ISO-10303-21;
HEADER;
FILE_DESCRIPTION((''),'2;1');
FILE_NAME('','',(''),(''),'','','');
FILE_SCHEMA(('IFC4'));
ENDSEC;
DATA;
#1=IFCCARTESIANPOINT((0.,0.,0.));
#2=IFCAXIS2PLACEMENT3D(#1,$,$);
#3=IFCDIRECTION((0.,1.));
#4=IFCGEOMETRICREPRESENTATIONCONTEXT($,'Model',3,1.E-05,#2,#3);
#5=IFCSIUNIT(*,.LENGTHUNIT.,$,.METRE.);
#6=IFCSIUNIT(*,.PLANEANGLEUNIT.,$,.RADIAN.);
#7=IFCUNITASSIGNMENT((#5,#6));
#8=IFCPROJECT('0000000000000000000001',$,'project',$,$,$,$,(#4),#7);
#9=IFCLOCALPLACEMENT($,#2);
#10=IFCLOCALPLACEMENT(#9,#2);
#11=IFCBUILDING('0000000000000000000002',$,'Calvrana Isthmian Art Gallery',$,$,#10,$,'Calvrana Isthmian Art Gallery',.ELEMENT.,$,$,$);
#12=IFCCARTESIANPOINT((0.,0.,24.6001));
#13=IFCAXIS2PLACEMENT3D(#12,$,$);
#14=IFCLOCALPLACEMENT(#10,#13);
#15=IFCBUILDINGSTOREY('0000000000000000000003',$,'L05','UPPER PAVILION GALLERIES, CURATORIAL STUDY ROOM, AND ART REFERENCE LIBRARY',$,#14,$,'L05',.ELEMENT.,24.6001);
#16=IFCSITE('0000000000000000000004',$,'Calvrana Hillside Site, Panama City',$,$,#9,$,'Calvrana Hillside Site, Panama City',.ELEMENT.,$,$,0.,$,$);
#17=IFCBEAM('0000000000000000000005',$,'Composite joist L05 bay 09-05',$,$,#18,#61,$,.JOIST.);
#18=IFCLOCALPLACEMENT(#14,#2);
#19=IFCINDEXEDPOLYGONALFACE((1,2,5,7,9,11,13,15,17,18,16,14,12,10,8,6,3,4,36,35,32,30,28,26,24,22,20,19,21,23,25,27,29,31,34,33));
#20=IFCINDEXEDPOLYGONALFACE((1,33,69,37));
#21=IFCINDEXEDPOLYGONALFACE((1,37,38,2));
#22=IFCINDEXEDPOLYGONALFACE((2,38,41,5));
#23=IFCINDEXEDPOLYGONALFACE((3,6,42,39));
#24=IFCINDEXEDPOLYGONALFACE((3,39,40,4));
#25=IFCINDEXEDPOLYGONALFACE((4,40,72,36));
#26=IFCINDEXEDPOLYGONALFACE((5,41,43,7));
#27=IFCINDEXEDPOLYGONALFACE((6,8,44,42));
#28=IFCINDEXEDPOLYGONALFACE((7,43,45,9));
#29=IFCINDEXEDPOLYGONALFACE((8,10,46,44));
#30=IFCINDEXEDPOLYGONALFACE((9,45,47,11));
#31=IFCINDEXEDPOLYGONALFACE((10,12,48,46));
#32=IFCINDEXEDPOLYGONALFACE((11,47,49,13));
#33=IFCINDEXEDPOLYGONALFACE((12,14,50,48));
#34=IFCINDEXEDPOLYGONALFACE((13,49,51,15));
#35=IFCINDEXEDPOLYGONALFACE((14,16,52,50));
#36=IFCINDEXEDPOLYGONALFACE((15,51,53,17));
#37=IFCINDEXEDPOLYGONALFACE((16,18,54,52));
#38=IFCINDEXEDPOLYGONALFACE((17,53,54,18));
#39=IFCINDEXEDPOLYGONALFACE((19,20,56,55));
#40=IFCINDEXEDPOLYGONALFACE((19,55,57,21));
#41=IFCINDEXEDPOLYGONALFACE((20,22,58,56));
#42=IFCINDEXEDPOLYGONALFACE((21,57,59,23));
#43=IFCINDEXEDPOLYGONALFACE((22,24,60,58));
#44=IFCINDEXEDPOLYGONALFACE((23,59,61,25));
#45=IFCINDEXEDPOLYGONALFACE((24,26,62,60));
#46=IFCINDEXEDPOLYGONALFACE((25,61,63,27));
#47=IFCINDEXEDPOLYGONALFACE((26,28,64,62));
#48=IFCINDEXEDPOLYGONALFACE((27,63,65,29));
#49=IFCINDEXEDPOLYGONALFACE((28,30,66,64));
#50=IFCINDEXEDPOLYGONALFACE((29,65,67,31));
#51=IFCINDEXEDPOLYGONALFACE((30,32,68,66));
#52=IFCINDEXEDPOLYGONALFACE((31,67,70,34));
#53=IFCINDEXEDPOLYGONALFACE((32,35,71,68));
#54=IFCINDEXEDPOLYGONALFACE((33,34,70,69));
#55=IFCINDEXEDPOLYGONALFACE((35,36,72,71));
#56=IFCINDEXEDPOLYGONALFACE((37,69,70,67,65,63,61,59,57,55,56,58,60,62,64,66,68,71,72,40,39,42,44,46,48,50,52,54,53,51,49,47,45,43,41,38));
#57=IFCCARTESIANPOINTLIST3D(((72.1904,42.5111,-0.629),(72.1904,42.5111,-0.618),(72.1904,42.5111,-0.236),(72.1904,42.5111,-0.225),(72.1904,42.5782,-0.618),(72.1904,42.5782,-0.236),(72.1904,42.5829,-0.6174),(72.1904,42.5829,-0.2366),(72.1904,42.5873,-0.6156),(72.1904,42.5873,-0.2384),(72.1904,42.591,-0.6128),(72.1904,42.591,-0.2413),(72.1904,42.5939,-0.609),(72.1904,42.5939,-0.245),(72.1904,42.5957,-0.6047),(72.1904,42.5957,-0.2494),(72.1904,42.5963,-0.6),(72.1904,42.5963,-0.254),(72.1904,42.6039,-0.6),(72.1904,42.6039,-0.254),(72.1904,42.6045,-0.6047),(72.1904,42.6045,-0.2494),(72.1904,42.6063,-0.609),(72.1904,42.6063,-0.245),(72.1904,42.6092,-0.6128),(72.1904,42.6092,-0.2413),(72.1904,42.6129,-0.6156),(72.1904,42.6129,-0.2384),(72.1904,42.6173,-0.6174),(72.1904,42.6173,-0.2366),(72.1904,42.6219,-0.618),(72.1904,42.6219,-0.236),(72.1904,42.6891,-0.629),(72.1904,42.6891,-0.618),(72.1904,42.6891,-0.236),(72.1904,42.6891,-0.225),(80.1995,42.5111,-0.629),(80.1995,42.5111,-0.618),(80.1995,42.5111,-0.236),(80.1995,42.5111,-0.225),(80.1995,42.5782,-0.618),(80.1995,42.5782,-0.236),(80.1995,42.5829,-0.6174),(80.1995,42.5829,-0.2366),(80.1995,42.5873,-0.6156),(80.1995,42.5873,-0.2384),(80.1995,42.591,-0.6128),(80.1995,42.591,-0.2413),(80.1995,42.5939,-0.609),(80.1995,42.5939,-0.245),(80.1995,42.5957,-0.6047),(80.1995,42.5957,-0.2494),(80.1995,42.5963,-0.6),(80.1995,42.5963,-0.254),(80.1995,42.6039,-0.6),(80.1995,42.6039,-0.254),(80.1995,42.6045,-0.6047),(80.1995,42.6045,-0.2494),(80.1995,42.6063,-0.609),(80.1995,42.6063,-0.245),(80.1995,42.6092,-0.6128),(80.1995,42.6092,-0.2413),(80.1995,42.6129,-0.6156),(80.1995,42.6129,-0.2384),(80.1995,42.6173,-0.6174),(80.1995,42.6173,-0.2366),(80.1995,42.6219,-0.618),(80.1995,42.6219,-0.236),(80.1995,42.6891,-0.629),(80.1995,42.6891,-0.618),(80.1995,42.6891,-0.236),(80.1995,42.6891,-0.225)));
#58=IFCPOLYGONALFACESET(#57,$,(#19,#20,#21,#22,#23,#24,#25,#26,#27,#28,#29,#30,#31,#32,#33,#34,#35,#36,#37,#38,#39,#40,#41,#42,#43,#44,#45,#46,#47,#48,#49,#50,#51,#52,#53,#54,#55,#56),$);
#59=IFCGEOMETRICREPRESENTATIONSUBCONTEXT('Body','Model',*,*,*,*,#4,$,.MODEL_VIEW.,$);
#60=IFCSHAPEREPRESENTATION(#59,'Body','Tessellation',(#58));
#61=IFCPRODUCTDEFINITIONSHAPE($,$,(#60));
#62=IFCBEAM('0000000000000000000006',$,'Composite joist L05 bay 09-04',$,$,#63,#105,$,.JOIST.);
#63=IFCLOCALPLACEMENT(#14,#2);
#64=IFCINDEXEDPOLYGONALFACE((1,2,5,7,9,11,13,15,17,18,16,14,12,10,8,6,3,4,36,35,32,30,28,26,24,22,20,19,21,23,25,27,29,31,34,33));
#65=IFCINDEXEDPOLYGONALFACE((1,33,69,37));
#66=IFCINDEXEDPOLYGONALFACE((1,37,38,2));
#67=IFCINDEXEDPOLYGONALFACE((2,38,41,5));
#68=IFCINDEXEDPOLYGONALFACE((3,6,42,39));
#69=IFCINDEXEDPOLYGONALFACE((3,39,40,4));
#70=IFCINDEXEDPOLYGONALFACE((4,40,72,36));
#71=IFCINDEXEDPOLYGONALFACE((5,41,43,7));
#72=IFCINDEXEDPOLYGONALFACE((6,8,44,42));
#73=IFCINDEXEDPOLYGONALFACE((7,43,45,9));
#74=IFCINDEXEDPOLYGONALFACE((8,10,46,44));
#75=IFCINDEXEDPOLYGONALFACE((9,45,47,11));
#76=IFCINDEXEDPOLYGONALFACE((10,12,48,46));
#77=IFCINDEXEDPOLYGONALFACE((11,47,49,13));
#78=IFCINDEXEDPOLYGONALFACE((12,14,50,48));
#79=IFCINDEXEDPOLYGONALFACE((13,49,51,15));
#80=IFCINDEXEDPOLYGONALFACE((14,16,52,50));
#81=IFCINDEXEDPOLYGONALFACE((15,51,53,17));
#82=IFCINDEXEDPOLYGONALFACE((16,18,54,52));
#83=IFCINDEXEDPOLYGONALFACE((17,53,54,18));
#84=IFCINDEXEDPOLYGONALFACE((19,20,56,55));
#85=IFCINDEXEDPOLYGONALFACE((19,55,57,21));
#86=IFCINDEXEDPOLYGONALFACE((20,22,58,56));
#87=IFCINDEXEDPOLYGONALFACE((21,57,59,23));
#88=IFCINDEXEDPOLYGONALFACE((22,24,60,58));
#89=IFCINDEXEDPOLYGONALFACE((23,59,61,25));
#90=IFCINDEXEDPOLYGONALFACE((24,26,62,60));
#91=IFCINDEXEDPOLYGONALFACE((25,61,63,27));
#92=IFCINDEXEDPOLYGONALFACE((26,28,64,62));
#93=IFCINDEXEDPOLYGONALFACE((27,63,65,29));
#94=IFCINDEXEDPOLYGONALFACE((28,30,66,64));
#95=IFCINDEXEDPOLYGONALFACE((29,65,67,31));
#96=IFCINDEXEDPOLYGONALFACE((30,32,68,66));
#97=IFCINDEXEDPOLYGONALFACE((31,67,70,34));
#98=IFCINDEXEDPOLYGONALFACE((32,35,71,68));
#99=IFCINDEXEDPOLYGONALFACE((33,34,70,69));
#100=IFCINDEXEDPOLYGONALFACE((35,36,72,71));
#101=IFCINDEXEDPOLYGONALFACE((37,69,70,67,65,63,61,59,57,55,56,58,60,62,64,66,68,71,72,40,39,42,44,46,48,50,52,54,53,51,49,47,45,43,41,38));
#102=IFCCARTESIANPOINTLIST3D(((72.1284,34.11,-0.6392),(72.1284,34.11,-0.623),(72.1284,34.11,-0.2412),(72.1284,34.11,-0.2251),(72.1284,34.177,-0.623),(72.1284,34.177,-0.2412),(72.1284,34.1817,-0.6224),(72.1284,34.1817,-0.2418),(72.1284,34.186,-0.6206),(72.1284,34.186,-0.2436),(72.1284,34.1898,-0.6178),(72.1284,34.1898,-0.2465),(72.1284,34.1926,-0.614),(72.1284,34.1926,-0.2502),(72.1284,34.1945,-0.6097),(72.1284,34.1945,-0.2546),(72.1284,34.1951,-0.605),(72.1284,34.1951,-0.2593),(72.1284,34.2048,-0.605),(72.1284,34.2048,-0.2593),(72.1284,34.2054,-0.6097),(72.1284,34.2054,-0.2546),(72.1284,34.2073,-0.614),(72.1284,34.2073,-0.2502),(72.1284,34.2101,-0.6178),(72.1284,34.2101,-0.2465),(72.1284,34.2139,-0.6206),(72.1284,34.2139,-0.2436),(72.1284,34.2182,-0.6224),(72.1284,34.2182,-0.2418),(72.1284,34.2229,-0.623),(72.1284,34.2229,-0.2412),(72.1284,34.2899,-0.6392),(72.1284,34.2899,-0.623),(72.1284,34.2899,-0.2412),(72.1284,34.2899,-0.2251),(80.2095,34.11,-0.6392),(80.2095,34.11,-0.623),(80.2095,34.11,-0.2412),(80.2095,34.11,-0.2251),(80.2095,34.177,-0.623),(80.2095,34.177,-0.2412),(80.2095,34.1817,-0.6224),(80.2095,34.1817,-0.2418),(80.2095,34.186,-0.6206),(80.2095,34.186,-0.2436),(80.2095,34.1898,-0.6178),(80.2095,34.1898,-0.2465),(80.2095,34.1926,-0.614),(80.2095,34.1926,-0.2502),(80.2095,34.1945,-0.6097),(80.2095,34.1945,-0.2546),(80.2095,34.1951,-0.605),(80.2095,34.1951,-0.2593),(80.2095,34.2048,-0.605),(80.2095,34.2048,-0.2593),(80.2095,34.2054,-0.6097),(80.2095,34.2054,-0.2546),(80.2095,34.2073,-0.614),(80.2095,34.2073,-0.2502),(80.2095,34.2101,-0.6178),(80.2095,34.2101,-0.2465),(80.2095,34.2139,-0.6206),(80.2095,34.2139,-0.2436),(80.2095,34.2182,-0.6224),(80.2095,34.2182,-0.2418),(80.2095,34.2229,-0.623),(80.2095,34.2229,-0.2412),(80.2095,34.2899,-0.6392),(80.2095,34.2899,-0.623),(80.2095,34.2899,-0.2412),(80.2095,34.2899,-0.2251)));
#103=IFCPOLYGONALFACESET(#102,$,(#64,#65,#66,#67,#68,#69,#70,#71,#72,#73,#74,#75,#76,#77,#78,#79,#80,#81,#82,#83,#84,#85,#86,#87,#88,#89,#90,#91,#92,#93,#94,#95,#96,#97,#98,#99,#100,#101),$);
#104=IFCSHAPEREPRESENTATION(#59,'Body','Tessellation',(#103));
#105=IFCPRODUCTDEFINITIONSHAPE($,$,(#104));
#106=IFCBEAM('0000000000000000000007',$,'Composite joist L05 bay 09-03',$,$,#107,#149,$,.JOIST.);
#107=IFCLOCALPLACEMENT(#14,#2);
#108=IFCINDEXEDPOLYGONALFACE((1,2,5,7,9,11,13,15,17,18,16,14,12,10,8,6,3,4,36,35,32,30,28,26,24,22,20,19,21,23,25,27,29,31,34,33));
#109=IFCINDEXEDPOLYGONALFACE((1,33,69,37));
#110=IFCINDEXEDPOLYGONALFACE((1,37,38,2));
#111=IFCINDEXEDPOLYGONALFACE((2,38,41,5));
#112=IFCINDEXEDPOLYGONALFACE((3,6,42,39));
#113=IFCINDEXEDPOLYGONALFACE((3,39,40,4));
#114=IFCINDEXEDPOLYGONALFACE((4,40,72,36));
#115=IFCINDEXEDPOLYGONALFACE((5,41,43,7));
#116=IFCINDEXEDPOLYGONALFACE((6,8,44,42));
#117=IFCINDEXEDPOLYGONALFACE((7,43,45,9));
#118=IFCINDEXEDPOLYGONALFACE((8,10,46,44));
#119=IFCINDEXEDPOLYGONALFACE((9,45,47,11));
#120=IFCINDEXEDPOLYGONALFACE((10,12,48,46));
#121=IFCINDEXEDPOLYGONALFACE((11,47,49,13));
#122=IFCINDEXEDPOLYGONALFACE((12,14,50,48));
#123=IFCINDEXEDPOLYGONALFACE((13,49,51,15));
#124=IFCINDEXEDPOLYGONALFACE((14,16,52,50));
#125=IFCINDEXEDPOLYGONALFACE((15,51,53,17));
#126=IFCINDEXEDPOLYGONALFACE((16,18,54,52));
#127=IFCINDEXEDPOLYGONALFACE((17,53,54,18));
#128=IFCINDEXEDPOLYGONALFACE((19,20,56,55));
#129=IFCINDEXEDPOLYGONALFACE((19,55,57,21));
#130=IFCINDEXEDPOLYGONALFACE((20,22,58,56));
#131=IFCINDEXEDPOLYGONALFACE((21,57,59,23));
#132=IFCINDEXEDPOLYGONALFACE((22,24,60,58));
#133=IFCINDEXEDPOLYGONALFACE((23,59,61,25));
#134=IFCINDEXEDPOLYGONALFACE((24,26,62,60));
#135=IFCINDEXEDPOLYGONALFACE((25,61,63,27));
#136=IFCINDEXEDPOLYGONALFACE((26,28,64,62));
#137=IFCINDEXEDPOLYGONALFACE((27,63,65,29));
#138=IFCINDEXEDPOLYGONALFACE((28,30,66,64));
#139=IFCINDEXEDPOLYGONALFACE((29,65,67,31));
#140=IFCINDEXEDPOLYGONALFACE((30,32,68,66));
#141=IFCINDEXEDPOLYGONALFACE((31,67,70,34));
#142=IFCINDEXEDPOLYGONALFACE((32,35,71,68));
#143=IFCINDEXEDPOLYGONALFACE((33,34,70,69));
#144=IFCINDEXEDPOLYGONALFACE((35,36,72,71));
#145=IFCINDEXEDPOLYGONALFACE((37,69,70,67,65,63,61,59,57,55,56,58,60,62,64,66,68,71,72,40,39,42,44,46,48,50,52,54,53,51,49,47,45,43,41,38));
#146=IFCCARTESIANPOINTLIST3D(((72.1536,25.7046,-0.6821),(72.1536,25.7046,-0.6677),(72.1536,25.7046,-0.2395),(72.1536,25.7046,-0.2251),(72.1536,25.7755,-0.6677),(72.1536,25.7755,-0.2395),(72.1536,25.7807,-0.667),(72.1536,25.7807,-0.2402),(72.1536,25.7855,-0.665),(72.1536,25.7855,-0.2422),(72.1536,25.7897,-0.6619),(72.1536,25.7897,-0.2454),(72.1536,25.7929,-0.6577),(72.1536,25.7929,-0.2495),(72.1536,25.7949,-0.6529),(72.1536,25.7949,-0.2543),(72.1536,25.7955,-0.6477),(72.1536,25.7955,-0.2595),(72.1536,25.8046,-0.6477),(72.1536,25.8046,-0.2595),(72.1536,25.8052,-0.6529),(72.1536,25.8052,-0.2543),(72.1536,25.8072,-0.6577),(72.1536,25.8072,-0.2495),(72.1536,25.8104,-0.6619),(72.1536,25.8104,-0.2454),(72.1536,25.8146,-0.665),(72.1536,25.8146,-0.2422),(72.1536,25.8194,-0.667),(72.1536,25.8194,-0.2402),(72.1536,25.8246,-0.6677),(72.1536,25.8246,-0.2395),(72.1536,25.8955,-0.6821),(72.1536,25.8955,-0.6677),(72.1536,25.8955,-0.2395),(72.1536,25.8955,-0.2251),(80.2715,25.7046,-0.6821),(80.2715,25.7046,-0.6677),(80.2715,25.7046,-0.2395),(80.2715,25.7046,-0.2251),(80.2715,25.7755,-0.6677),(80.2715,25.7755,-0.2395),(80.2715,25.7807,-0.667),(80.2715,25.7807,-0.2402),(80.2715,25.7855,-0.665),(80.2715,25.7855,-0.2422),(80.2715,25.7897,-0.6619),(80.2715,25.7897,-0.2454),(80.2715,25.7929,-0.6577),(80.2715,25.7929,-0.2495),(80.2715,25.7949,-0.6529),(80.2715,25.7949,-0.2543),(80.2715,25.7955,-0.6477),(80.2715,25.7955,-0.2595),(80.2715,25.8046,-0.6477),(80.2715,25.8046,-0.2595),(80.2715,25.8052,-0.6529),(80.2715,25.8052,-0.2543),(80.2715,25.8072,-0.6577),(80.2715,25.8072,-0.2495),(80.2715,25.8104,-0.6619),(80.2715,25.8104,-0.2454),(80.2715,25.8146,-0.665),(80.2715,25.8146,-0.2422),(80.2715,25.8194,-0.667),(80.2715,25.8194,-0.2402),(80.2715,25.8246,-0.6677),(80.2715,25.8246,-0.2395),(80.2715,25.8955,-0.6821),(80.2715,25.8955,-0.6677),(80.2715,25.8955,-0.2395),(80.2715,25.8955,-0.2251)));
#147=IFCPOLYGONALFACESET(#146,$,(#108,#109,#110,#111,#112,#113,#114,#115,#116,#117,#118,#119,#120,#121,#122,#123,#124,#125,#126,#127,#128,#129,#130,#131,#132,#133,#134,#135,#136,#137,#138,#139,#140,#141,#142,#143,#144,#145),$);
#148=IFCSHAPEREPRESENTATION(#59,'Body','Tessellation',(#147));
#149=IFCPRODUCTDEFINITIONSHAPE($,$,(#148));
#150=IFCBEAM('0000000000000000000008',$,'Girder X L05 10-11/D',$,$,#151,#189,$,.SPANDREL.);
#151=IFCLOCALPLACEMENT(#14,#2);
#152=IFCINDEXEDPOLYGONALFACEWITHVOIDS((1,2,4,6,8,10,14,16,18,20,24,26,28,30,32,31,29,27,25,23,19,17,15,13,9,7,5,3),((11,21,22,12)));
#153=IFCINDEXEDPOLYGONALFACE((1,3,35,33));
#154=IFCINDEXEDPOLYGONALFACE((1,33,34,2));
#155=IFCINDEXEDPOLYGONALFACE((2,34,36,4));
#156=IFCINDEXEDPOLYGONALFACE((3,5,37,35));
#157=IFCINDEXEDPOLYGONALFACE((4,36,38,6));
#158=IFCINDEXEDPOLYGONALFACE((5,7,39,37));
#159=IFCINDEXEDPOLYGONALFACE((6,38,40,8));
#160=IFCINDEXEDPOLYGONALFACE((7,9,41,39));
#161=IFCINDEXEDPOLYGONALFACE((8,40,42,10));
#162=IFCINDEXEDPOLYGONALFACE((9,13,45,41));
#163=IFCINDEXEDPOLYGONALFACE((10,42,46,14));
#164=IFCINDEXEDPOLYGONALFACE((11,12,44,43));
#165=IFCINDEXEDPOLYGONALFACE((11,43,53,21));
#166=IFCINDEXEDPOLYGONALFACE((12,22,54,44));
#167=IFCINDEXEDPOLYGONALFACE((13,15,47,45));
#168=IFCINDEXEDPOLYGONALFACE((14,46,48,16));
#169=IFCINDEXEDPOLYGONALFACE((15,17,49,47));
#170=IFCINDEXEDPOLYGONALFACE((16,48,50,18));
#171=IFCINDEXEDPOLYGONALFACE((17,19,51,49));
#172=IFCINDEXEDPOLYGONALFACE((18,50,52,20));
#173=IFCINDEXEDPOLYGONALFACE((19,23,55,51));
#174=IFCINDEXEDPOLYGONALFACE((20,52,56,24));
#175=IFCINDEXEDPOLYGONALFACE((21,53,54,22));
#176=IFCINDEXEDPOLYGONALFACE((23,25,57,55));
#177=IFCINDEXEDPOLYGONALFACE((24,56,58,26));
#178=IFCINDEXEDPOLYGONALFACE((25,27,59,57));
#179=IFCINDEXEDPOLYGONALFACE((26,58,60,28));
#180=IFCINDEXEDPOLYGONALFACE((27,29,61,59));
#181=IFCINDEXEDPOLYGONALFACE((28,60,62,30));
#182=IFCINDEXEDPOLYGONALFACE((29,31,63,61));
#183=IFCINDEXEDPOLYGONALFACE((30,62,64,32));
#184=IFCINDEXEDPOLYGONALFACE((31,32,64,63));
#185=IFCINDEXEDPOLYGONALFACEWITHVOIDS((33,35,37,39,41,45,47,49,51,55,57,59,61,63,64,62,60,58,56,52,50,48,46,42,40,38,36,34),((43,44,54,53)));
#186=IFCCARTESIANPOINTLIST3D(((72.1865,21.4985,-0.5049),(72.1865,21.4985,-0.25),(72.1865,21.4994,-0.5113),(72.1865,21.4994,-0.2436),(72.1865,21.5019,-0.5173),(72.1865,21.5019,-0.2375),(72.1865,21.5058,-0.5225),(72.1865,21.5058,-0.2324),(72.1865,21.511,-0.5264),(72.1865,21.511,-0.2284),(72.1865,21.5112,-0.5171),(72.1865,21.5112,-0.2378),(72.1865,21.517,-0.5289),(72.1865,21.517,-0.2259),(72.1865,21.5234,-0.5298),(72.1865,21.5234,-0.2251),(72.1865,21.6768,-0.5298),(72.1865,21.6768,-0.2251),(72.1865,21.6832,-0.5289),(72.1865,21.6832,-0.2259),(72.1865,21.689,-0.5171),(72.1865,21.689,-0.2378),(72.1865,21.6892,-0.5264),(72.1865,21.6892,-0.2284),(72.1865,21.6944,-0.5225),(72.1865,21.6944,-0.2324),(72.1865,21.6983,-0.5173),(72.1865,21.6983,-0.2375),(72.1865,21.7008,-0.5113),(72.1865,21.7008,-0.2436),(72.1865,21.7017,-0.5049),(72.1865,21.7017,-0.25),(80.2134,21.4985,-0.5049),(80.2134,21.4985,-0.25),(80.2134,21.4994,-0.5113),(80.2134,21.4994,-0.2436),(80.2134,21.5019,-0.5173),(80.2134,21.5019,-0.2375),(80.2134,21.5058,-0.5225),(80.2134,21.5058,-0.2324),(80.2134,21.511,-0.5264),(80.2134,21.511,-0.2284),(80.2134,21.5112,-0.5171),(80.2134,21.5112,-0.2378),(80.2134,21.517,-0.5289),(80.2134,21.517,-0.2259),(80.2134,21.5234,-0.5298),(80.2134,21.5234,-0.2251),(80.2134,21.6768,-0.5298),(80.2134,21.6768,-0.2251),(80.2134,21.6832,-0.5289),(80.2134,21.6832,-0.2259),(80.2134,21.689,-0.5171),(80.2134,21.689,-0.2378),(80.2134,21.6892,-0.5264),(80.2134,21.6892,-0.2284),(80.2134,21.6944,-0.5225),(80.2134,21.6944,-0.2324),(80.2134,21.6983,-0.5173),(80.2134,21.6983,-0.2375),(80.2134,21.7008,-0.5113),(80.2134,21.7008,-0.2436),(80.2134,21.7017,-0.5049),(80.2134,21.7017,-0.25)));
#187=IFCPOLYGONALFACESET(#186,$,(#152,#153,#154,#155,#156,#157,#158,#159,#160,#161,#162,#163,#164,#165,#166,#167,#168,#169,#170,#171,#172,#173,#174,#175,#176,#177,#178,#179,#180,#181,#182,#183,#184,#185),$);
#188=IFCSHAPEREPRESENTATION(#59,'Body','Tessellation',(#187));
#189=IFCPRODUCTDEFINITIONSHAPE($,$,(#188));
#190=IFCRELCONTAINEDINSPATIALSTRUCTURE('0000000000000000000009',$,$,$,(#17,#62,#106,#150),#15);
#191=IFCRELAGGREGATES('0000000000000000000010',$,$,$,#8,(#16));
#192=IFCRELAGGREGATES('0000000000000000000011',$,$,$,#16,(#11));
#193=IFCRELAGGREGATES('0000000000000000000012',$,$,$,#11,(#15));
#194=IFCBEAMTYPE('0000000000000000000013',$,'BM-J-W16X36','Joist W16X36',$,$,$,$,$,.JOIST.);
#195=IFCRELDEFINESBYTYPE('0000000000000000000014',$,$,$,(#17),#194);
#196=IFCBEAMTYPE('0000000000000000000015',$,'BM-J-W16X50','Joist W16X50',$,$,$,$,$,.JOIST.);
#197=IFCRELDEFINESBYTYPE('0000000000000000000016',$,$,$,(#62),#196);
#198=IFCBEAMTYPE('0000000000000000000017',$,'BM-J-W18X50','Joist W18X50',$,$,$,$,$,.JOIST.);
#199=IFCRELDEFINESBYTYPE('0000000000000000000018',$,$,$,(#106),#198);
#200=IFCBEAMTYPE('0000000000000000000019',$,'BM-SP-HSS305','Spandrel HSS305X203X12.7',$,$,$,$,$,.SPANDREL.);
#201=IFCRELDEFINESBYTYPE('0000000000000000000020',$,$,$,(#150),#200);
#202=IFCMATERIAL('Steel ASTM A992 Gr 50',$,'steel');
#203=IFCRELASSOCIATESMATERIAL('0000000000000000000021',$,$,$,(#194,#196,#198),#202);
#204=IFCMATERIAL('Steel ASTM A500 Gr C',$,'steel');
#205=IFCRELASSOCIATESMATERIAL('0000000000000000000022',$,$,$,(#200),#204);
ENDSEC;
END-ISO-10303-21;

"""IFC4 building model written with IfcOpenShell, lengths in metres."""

from ifc_helpers import new_model, si_unit, direction, frame, origin, origin_2d, place, context, subcontext, project, spatial, hollow_rectangle, i_section, extrude, material, material_profile, profile_set, type_object, element, save


model = new_model("IFC4")

# Units and contexts
model_context = context("Model", 3, precision=1e-05, world=origin(), true_north=direction((0.0, 1.0)))
body_context = subcontext(model_context, "Body", "Model", "MODEL_VIEW")
ifc_project = project(units=[si_unit("LENGTHUNIT", "METRE"), si_unit("PLANEANGLEUNIT", "RADIAN")], contexts=[model_context])

# Site, building, storey
site_placement = place(None, origin())
site = spatial("IfcSite", under=ifc_project, at=site_placement, Name="Calvrana Hillside Site, Panama City", LongName="Calvrana Hillside Site, Panama City", CompositionType="ELEMENT", RefElevation=0.0)
building_placement = place(site_placement, origin())
building = spatial("IfcBuilding", under=site, at=building_placement, Name="Calvrana Isthmian Art Gallery", LongName="Calvrana Isthmian Art Gallery", CompositionType="ELEMENT")
storey_placement = place(building_placement, frame((0.0, 0.0, 24.6001)))
storey = spatial("IfcBuildingStorey", under=building, at=storey_placement, Name="L05", Description="UPPER PAVILION GALLERIES, CURATORIAL STUDY ROOM, AND ART REFERENCE LIBRARY", LongName="L05", CompositionType="ELEMENT", Elevation=24.6001)

# Shared definitions
ifc_material_1 = material(Name="Steel ASTM A500 Gr C", Category="steel")

# Beams
ifc_material_2 = material(Name="Steel ASTM A992 Gr 50", Category="steel")
ifc_material_profile_1 = material_profile(ifc_material_2, i_section(OverallWidth=0.178, OverallDepth=0.4041, WebThickness=0.0076, FlangeThickness=0.011, FilletRadius=0.0181, at=origin_2d()), Name="W16X36")
ifc_profile_set_1 = profile_set([ifc_material_profile_1], Name="Steel ASTM A992 Gr 50")
beam_type_1 = type_object("IfcBeamType", Name="BM-J-W16X36", Description="Joist W16X36", PredefinedType="JOIST", material=ifc_profile_set_1)
beam_1_placement = place(storey_placement, frame((72.1904, 42.6001, -0.427), z_axis=(1.0, 0.0, 0.0), x_axis=(0.0, 1.0, 0.0)))
element("IfcBeam", 1, at=beam_1_placement, inside=storey, type_object=beam_type_1, Name="Composite joist L05 bay 09-05", PredefinedType="JOIST", context=body_context, shape_type="SweptSolid", body=[
    extrude(i_section(OverallWidth=0.178, OverallDepth=0.4041, WebThickness=0.0076, FlangeThickness=0.011, FilletRadius=0.0181, at=origin_2d()), origin(), (0.0, 0.0, 1.0), 8.009),
])
ifc_material_profile_2 = material_profile(ifc_material_2, i_section(OverallWidth=0.1799, OverallDepth=0.4141, WebThickness=0.0098, FlangeThickness=0.0161, FilletRadius=0.0181, at=origin_2d()), Name="W16X50")
ifc_profile_set_2 = profile_set([ifc_material_profile_2], Name="Steel ASTM A992 Gr 50")
beam_type_2 = type_object("IfcBeamType", Name="BM-J-W16X50", Description="Joist W16X50", PredefinedType="JOIST", material=ifc_profile_set_2)
beam_2_placement = place(storey_placement, frame((72.1284, 34.2, -0.4321), z_axis=(1.0, 0.0, 0.0), x_axis=(0.0, 1.0, 0.0)))
element("IfcBeam", 2, at=beam_2_placement, inside=storey, type_object=beam_type_2, Name="Composite joist L05 bay 09-04", PredefinedType="JOIST", context=body_context, shape_type="SweptSolid", body=[
    extrude(i_section(OverallWidth=0.1799, OverallDepth=0.4141, WebThickness=0.0098, FlangeThickness=0.0161, FilletRadius=0.0181, at=origin_2d()), origin(), (0.0, 0.0, 1.0), 8.0811),
])
ifc_material_profile_3 = material_profile(ifc_material_2, i_section(OverallWidth=0.1909, OverallDepth=0.457, WebThickness=0.009, FlangeThickness=0.0144, FilletRadius=0.02, at=origin_2d()), Name="W18X50")
ifc_profile_set_3 = profile_set([ifc_material_profile_3], Name="Steel ASTM A992 Gr 50")
beam_type_3 = type_object("IfcBeamType", Name="BM-J-W18X50", Description="Joist W18X50", PredefinedType="JOIST", material=ifc_profile_set_3)
beam_3_placement = place(storey_placement, frame((72.1536, 25.8, -0.4536), z_axis=(1.0, 0.0, 0.0), x_axis=(0.0, 1.0, 0.0)))
element("IfcBeam", 3, at=beam_3_placement, inside=storey, type_object=beam_type_3, Name="Composite joist L05 bay 09-03", PredefinedType="JOIST", context=body_context, shape_type="SweptSolid", body=[
    extrude(i_section(OverallWidth=0.1909, OverallDepth=0.457, WebThickness=0.009, FlangeThickness=0.0144, FilletRadius=0.02, at=origin_2d()), origin(), (0.0, 0.0, 1.0), 8.1179),
])
ifc_material_profile_4 = material_profile(ifc_material_1, hollow_rectangle(XDim=0.2031, YDim=0.3047, WallThickness=0.0127, OuterFilletRadius=0.0249, at=origin_2d()), Name="HSS305X203X12.7")
ifc_profile_set_4 = profile_set([ifc_material_profile_4], Name="Steel ASTM A500 Gr C")
beam_type_4 = type_object("IfcBeamType", Name="BM-SP-HSS305", Description="Spandrel HSS305X203X12.7", PredefinedType="SPANDREL", material=ifc_profile_set_4)
beam_4_placement = place(storey_placement, frame((72.1865, 21.6001, -0.3774), z_axis=(1.0, 0.0, 0.0), x_axis=(0.0, 1.0, 0.0)))
element("IfcBeam", 4, at=beam_4_placement, inside=storey, type_object=beam_type_4, Name="Girder X L05 10-11/D", PredefinedType="SPANDREL", context=body_context, shape_type="SweptSolid", body=[
    extrude(hollow_rectangle(XDim=0.2031, YDim=0.3047, WallThickness=0.0127, OuterFilletRadius=0.0249, at=origin_2d()), origin(), (0.0, 0.0, 1.0), 8.0269),
])

save(model, "model.ifc")
